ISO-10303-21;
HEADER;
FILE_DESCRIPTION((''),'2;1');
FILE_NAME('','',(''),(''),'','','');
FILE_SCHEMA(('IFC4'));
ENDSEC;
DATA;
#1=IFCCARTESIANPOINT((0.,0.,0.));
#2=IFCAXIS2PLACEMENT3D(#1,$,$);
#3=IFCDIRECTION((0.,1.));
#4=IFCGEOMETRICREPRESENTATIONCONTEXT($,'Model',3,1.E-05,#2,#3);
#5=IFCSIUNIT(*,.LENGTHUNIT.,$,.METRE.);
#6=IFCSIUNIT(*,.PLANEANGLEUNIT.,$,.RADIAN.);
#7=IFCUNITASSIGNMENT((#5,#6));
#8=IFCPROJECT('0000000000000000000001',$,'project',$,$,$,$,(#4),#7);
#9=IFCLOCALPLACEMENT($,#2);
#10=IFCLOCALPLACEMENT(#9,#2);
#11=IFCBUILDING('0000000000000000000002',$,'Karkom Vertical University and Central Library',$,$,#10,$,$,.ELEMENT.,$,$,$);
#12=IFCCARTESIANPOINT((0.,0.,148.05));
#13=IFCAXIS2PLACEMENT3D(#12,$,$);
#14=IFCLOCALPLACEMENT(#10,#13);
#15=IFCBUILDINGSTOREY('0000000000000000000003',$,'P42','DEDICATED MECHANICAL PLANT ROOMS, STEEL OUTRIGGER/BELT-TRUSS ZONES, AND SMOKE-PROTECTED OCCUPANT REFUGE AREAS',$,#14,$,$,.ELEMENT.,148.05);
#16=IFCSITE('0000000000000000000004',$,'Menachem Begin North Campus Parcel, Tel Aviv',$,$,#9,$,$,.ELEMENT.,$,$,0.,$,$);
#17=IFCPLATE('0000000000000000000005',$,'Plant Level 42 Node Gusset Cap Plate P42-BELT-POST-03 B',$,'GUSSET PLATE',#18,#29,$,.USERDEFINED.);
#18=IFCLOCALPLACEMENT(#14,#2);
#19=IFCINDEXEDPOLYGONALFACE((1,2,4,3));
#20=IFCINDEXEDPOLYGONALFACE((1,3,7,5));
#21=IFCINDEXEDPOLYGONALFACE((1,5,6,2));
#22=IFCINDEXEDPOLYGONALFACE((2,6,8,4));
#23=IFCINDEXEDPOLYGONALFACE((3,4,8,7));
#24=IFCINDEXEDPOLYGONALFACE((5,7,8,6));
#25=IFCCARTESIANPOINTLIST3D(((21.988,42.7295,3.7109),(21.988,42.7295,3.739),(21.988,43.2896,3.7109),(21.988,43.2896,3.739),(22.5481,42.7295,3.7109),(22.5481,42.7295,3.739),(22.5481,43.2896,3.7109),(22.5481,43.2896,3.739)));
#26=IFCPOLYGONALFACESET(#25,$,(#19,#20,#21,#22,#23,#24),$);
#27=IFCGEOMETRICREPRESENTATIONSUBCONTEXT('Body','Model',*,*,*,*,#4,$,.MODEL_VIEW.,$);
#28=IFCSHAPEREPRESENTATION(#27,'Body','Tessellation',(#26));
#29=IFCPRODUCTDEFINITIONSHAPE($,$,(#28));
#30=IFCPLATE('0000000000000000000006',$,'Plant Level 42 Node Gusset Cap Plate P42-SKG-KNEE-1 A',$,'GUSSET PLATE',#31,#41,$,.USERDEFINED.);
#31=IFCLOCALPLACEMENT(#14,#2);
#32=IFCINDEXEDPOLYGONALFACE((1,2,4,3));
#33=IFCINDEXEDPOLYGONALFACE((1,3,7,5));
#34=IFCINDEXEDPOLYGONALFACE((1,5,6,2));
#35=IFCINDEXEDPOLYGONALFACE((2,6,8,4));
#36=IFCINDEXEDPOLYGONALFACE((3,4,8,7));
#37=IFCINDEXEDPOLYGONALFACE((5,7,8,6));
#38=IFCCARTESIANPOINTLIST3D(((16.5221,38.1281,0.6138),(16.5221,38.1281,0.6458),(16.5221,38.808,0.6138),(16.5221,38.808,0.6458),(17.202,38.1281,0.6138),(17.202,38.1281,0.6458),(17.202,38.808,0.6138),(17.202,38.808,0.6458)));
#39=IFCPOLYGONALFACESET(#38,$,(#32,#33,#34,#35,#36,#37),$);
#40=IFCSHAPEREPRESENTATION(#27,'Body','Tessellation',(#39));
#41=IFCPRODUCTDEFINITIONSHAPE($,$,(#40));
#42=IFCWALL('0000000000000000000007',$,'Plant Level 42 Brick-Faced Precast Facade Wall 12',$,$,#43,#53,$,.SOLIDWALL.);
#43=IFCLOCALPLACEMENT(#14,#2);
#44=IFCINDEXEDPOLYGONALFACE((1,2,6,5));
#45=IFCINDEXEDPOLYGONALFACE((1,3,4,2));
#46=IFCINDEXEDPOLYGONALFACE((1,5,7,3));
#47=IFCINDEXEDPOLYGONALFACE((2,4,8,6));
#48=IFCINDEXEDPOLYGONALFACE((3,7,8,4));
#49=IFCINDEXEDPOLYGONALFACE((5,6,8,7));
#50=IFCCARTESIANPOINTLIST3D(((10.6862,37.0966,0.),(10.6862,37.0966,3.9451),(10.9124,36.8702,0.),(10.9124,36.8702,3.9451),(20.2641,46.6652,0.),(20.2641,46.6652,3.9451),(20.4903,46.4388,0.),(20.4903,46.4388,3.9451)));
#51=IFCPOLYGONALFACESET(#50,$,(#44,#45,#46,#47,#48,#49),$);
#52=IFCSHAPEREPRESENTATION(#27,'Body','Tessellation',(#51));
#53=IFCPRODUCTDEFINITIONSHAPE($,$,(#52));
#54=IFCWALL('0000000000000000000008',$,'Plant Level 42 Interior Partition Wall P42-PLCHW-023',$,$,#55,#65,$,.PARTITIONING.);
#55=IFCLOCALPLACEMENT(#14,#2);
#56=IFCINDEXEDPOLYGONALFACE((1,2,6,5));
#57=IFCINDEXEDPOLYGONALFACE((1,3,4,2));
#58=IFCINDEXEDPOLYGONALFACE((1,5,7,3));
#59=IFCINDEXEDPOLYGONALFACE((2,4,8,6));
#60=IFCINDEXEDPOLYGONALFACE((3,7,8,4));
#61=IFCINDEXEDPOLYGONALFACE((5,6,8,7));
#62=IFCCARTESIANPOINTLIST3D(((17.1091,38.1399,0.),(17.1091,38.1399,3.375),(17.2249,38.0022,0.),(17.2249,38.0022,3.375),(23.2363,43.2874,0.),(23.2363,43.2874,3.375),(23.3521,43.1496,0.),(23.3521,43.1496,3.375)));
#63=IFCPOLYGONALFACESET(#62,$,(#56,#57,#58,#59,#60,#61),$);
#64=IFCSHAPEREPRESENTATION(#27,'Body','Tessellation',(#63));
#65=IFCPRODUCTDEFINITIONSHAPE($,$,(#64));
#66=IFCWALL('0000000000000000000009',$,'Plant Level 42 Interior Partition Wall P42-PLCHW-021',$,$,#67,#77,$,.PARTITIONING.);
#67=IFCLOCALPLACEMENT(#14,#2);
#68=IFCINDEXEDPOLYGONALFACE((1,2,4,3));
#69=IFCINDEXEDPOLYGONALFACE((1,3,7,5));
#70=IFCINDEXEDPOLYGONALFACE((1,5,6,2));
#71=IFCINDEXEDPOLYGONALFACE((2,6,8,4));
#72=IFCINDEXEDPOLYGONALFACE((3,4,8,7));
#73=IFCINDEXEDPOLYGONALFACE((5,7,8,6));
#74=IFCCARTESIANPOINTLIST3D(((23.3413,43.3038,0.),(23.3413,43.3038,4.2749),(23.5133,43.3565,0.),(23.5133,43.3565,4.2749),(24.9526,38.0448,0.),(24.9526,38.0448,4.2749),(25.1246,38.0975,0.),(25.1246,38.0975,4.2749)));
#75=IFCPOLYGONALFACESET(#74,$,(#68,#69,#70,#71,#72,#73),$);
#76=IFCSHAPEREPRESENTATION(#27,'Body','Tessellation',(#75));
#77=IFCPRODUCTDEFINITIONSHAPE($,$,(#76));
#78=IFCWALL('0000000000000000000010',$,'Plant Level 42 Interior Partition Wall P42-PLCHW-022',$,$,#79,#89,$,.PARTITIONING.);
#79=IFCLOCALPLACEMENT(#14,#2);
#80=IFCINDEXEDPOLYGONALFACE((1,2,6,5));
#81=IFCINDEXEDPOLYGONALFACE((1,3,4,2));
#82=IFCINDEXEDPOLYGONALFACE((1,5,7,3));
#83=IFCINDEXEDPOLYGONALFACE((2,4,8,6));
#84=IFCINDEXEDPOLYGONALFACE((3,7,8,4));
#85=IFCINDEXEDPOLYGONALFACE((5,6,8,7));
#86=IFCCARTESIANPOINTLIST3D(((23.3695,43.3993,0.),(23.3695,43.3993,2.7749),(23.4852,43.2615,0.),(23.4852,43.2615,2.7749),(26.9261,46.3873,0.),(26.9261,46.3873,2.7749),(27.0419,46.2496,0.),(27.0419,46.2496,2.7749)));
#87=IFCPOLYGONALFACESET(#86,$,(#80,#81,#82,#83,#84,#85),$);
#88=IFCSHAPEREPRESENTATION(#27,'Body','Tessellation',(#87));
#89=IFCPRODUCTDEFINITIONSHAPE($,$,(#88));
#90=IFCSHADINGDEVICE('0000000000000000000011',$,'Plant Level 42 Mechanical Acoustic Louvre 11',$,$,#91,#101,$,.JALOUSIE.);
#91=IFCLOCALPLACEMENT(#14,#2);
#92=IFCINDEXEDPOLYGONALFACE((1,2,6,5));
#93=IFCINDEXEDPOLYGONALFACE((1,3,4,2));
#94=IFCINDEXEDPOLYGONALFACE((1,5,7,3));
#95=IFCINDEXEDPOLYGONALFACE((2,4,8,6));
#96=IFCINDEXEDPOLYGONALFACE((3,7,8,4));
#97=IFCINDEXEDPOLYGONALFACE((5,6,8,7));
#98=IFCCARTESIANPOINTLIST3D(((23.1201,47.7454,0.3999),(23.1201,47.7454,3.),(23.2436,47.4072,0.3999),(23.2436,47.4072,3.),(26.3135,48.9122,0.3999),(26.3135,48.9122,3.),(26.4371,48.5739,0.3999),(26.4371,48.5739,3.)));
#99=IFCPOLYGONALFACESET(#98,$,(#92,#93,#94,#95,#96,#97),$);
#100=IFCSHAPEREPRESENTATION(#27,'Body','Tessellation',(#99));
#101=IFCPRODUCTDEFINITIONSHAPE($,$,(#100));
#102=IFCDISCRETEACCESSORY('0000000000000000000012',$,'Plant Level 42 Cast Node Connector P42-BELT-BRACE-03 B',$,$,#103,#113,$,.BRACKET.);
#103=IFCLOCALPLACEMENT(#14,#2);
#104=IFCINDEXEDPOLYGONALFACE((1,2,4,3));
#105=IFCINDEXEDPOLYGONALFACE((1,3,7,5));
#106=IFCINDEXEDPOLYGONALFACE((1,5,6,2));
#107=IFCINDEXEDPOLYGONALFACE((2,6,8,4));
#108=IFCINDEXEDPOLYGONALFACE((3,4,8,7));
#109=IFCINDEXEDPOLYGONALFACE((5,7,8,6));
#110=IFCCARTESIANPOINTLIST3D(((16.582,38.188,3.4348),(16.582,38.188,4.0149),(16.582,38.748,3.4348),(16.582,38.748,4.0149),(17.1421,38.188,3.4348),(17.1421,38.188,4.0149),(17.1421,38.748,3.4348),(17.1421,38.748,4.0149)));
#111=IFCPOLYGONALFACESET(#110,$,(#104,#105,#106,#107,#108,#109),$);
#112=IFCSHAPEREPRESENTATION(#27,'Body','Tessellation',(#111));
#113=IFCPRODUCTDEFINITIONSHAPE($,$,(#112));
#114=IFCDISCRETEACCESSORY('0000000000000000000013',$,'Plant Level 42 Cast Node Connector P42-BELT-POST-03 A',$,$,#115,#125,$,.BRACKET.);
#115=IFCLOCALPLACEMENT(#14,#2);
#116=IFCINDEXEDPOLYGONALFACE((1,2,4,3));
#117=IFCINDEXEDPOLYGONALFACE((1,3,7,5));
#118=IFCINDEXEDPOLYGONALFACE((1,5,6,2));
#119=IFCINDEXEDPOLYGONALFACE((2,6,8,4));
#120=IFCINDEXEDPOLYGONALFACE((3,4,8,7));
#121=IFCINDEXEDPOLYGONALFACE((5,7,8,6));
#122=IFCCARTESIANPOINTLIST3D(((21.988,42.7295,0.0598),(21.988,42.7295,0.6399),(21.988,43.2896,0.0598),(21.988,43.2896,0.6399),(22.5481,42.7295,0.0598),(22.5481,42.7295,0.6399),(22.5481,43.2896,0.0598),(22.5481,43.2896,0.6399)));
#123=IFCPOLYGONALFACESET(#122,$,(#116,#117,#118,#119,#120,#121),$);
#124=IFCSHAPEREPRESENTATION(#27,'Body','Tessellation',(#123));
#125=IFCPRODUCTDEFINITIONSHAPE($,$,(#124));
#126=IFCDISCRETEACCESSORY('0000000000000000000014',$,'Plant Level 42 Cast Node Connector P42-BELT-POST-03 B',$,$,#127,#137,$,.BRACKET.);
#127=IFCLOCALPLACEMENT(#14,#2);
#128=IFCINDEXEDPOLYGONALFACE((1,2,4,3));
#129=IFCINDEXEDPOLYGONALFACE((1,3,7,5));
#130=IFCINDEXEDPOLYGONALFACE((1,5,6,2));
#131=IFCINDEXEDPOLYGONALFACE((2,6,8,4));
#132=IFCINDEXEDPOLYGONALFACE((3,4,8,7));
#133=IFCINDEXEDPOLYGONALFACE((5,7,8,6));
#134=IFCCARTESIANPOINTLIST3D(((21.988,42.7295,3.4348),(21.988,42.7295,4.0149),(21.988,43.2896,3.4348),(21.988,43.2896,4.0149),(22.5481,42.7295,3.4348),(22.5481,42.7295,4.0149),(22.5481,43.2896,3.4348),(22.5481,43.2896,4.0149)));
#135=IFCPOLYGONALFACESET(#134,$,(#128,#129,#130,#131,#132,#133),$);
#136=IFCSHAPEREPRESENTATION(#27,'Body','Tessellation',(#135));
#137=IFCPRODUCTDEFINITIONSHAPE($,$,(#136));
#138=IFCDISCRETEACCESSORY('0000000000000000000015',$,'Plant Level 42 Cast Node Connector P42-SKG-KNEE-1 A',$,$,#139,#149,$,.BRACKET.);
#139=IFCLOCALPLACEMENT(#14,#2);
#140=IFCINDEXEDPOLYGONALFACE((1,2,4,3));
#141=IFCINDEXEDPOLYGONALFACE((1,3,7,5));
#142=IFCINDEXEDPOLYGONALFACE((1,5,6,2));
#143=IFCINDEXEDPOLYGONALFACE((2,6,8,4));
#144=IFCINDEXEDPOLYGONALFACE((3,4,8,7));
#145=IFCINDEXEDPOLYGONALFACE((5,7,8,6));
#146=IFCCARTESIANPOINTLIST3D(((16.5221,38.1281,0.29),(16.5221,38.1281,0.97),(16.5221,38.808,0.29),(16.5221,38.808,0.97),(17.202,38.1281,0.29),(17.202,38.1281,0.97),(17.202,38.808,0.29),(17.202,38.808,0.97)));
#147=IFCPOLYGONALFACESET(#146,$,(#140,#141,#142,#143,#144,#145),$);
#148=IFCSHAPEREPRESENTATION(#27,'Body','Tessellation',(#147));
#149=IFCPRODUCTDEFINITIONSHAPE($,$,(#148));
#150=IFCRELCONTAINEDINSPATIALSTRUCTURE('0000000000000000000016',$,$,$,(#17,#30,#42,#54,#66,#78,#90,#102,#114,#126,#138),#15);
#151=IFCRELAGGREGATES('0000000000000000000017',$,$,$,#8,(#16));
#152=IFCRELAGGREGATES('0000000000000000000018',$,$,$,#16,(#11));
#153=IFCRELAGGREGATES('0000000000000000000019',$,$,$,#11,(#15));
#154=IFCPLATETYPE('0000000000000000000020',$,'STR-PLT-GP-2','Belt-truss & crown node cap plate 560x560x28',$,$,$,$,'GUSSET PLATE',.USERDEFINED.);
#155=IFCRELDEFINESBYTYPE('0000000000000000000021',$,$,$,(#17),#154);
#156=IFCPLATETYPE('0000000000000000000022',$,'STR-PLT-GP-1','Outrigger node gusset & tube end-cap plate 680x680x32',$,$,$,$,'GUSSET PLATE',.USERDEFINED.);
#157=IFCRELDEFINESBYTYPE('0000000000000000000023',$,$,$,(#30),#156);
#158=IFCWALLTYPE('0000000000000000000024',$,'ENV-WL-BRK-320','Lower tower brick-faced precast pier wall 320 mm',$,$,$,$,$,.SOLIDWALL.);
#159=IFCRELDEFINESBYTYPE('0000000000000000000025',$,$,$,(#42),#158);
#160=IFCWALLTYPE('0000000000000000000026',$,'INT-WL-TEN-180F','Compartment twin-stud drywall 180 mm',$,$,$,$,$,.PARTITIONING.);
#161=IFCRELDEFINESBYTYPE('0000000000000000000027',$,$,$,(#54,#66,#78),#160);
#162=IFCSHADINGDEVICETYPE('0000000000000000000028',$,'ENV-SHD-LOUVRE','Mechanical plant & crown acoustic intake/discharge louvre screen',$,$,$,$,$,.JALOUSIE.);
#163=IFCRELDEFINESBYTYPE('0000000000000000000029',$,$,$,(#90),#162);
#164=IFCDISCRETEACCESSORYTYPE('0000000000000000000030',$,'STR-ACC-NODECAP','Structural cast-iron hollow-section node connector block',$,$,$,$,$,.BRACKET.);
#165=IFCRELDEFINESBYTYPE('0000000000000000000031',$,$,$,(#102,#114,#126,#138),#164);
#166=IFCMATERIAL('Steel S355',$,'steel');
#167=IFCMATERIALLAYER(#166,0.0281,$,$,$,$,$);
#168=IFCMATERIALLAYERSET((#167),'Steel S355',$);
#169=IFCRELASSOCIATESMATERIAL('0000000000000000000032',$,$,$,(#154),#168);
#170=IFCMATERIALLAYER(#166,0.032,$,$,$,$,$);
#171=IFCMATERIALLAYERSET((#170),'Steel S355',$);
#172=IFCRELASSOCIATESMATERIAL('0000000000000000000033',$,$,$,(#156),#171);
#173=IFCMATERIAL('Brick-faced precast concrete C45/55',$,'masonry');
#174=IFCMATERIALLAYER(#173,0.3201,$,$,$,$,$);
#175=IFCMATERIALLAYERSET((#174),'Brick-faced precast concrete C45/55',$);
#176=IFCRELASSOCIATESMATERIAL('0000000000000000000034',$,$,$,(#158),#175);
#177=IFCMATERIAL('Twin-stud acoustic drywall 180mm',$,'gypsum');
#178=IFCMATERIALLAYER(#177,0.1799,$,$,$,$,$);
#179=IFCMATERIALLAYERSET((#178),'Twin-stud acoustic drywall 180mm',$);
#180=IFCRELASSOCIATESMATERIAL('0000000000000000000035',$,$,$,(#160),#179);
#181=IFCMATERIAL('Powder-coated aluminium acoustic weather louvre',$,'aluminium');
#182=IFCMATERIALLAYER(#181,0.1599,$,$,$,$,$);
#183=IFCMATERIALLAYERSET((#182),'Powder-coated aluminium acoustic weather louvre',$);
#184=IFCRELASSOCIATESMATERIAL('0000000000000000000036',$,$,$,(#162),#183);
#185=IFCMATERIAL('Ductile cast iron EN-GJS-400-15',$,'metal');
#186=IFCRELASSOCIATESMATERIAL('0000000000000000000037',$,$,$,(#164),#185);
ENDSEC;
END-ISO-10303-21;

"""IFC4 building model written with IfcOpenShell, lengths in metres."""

from ifc_helpers import new_model, si_unit, direction, frame, frame_2d, origin, origin_with_axes, origin_2d, place, context, subcontext, project, spatial, rectangle, extrude, source, transform, mapped, material, layer, layer_set, type_object, element, save


model = new_model("IFC4")

# Units and contexts
model_context = context("Model", 3, precision=1e-05, world=origin(), true_north=direction((0.0, 1.0)))
body_context = subcontext(model_context, "Body", "Model", "MODEL_VIEW")
ifc_project = project(units=[si_unit("LENGTHUNIT", "METRE"), si_unit("PLANEANGLEUNIT", "RADIAN")], contexts=[model_context])

# Site, building, storey
site_placement = place(None, origin())
site = spatial("IfcSite", under=ifc_project, at=site_placement, Name="Menachem Begin North Campus Parcel, Tel Aviv", CompositionType="ELEMENT", RefElevation=0.0)
building_placement = place(site_placement, origin())
building = spatial("IfcBuilding", under=site, at=building_placement, Name="Karkom Vertical University and Central Library", CompositionType="ELEMENT")
storey_placement = place(building_placement, frame((0.0, 0.0, 148.05)))
storey = spatial("IfcBuildingStorey", under=building, at=storey_placement, Name="P42", Description="DEDICATED MECHANICAL PLANT ROOMS, STEEL OUTRIGGER/BELT-TRUSS ZONES, AND SMOKE-PROTECTED OCCUPANT REFUGE AREAS", CompositionType="ELEMENT", Elevation=148.05)

# Shared definitions
ifc_material_1 = material(Name="Steel S355", Category="steel")

# Plates
ifc_layer_1 = layer(ifc_material_1, 0.0281)
ifc_layer_set_1 = layer_set([ifc_layer_1], Name="Steel S355")
plate_type_1 = type_object("IfcPlateType", Name="STR-PLT-GP-2", Description="Belt-truss & crown node cap plate 560x560x28", ElementType="GUSSET PLATE", PredefinedType="USERDEFINED", material=ifc_layer_set_1)
shared_shape_1 = source(origin_with_axes(), body_context, "Body", "SweptSolid", [
    extrude(rectangle(XDim=0.5601, YDim=0.5601, at=origin_2d()), origin(), (0.0, 0.0, 1.0), 0.0281),
])
for number, where, z_axis, x_axis, name in (
    (1, (22.2681, 43.0095, 3.7109), (0.0, 0.0, 1.0), (1.0, 0.0, 0.0), "Plant Level 42 Node Gusset Cap Plate P42-BELT-POST-03 B"),
):
    element("IfcPlate", number, at=place(storey_placement, frame(where, z_axis=z_axis, x_axis=x_axis)), inside=storey, type_object=plate_type_1, Name=name, ObjectType="GUSSET PLATE", PredefinedType="USERDEFINED", context=body_context, shape_type="MappedRepresentation", body=[
        mapped(shared_shape_1, transform((0.0, 0.0, 0.0), scale=1.0)),
    ])
ifc_layer_2 = layer(ifc_material_1, 0.032)
ifc_layer_set_2 = layer_set([ifc_layer_2], Name="Steel S355")
plate_type_2 = type_object("IfcPlateType", Name="STR-PLT-GP-1", Description="Outrigger node gusset & tube end-cap plate 680x680x32", ElementType="GUSSET PLATE", PredefinedType="USERDEFINED", material=ifc_layer_set_2)
shared_shape_2 = source(origin_with_axes(), body_context, "Body", "SweptSolid", [
    extrude(rectangle(XDim=0.6799, YDim=0.6799, at=origin_2d()), origin(), (0.0, 0.0, 1.0), 0.032),
])
plate_placement = place(storey_placement, frame((16.8621, 38.468, 0.6138), z_axis=(0.0, 0.0, 1.0), x_axis=(1.0, 0.0, 0.0)))
element("IfcPlate", 2, at=plate_placement, inside=storey, type_object=plate_type_2, Name="Plant Level 42 Node Gusset Cap Plate P42-SKG-KNEE-1 A", ObjectType="GUSSET PLATE", PredefinedType="USERDEFINED", context=body_context, shape_type="MappedRepresentation", body=[
    mapped(shared_shape_2, transform((0.0, 0.0, 0.0), scale=1.0)),
])

# Walls
ifc_material_2 = material(Name="Brick-faced precast concrete C45/55", Category="masonry")
ifc_layer_3 = layer(ifc_material_2, 0.3201)
ifc_layer_set_3 = layer_set([ifc_layer_3], Name="Brick-faced precast concrete C45/55")
wall_type_1 = type_object("IfcWallType", Name="ENV-WL-BRK-320", Description="Lower tower brick-faced precast pier wall 320 mm", PredefinedType="SOLIDWALL", material=ifc_layer_set_3)
wall_1_placement = place(storey_placement, frame((20.3772, 46.552, 0.0), z_axis=(0.0, 0.0, 1.0), x_axis=(-0.707449, -0.706764, 0.0)))
element("IfcWall", 3, at=wall_1_placement, inside=storey, type_object=wall_type_1, Name="Plant Level 42 Brick-Faced Precast Facade Wall 12", PredefinedType="SOLIDWALL", context=body_context, shape_type="SweptSolid", body=[
    extrude(rectangle(XDim=13.5386, YDim=0.3201, at=frame_2d((6.7693, 0.0))), origin(), (0.0, 0.0, 1.0), 3.9451),
])
ifc_material_3 = material(Name="Twin-stud acoustic drywall 180mm", Category="gypsum")
ifc_layer_4 = layer(ifc_material_3, 0.1799)
ifc_layer_set_4 = layer_set([ifc_layer_4], Name="Twin-stud acoustic drywall 180mm")
wall_type_2 = type_object("IfcWallType", Name="INT-WL-TEN-180F", Description="Compartment twin-stud drywall 180 mm", PredefinedType="PARTITIONING", material=ifc_layer_set_4)
wall_2_placement = place(storey_placement, frame((17.167, 38.071, 0.0), z_axis=(0.0, 0.0, 1.0), x_axis=(0.765667, 0.643237, 0.0)))
element("IfcWall", 4, at=wall_2_placement, inside=storey, type_object=wall_type_2, Name="Plant Level 42 Interior Partition Wall P42-PLCHW-023", PredefinedType="PARTITIONING", context=body_context, shape_type="SweptSolid", body=[
    extrude(rectangle(XDim=8.0024, YDim=0.1799, at=frame_2d((4.0012, 0.0))), origin(), (0.0, 0.0, 1.0), 3.375),
])
wall_3_placement = place(storey_placement, frame((25.0386, 38.0713, 0.0), z_axis=(0.0, 0.0, 1.0), x_axis=(-0.29295, 0.956128, 0.0)))
element("IfcWall", 5, at=wall_3_placement, inside=storey, type_object=wall_type_2, Name="Plant Level 42 Interior Partition Wall P42-PLCHW-021", PredefinedType="PARTITIONING", context=body_context, shape_type="SweptSolid", body=[
    extrude(rectangle(XDim=5.5002, YDim=0.1799, at=frame_2d((2.75, 0.0))), origin(), (0.0, 0.0, 1.0), 4.2749),
])
wall_4_placement = place(storey_placement, frame((23.4272, 43.3303, 0.0), z_axis=(0.0, 0.0, 1.0), x_axis=(0.765656, 0.64325, 0.0)))
element("IfcWall", 6, at=wall_4_placement, inside=storey, type_object=wall_type_2, Name="Plant Level 42 Interior Partition Wall P42-PLCHW-022", PredefinedType="PARTITIONING", context=body_context, shape_type="SweptSolid", body=[
    extrude(rectangle(XDim=4.6453, YDim=0.1799, at=frame_2d((2.3228, 0.0))), origin(), (0.0, 0.0, 1.0), 2.7749),
])

# Shading device
ifc_material_4 = material(Name="Powder-coated aluminium acoustic weather louvre", Category="aluminium")
ifc_layer_5 = layer(ifc_material_4, 0.1599)
ifc_layer_set_5 = layer_set([ifc_layer_5], Name="Powder-coated aluminium acoustic weather louvre")
shading_device_type = type_object("IfcShadingDeviceType", Name="ENV-SHD-LOUVRE", Description="Mechanical plant & crown acoustic intake/discharge louvre screen", PredefinedType="JALOUSIE", material=ifc_layer_set_5)
shared_shape_3 = source(origin_with_axes(), body_context, "Body", "SweptSolid", [
    extrude(rectangle(XDim=3.3999, YDim=0.3601, at=origin_2d()), origin(), (0.0, 0.0, 1.0), 2.6001),
])
shading_device_placement = place(storey_placement, frame((24.7786, 48.1597, 0.3999), z_axis=(0.0, 0.0, 1.0), x_axis=(-0.939274, -0.343168, 0.0)))
element("IfcShadingDevice", 7, at=shading_device_placement, inside=storey, type_object=shading_device_type, Name="Plant Level 42 Mechanical Acoustic Louvre 11", PredefinedType="JALOUSIE", context=body_context, shape_type="MappedRepresentation", body=[
    mapped(shared_shape_3, transform((0.0, 0.0, 0.0), scale=1.0)),
])

# Discrete accessories
ifc_material_5 = material(Name="Ductile cast iron EN-GJS-400-15", Category="metal")
discrete_accessory_type = type_object("IfcDiscreteAccessoryType", Name="STR-ACC-NODECAP", Description="Structural cast-iron hollow-section node connector block", PredefinedType="BRACKET", material=ifc_material_5)
shared_shape_4 = source(origin_with_axes(), body_context, "Body", "SweptSolid", [
    extrude(rectangle(XDim=0.5601, YDim=0.5601, at=origin_2d()), origin(), (0.0, 0.0, 1.0), 0.5801),
])
for number, where, z_axis, x_axis, name in (
    (8, (16.8621, 38.468, 3.4348), (0.0, 0.0, 1.0), (1.0, 0.0, 0.0), "Plant Level 42 Cast Node Connector P42-BELT-BRACE-03 B"),
    (9, (22.2681, 43.0095, 0.0598), (0.0, 0.0, 1.0), (1.0, 0.0, 0.0), "Plant Level 42 Cast Node Connector P42-BELT-POST-03 A"),
    (10, (22.2681, 43.0095, 3.4348), (0.0, 0.0, 1.0), (1.0, 0.0, 0.0), "Plant Level 42 Cast Node Connector P42-BELT-POST-03 B"),
):
    element("IfcDiscreteAccessory", number, at=place(storey_placement, frame(where, z_axis=z_axis, x_axis=x_axis)), inside=storey, type_object=discrete_accessory_type, Name=name, PredefinedType="BRACKET", context=body_context, shape_type="MappedRepresentation", body=[
        mapped(shared_shape_4, transform((0.0, 0.0, 0.0), scale=1.0)),
    ])
shared_shape_5 = source(origin_with_axes(), body_context, "Body", "SweptSolid", [
    extrude(rectangle(XDim=0.6799, YDim=0.6799, at=origin_2d()), origin(), (0.0, 0.0, 1.0), 0.6799),
])
discrete_accessory_placement = place(storey_placement, frame((16.8621, 38.468, 0.29), z_axis=(0.0, 0.0, 1.0), x_axis=(1.0, 0.0, 0.0)))
element("IfcDiscreteAccessory", 11, at=discrete_accessory_placement, inside=storey, type_object=discrete_accessory_type, Name="Plant Level 42 Cast Node Connector P42-SKG-KNEE-1 A", PredefinedType="BRACKET", context=body_context, shape_type="MappedRepresentation", body=[
    mapped(shared_shape_5, transform((0.0, 0.0, 0.0), scale=1.0)),
])

save(model, "model.ifc")
